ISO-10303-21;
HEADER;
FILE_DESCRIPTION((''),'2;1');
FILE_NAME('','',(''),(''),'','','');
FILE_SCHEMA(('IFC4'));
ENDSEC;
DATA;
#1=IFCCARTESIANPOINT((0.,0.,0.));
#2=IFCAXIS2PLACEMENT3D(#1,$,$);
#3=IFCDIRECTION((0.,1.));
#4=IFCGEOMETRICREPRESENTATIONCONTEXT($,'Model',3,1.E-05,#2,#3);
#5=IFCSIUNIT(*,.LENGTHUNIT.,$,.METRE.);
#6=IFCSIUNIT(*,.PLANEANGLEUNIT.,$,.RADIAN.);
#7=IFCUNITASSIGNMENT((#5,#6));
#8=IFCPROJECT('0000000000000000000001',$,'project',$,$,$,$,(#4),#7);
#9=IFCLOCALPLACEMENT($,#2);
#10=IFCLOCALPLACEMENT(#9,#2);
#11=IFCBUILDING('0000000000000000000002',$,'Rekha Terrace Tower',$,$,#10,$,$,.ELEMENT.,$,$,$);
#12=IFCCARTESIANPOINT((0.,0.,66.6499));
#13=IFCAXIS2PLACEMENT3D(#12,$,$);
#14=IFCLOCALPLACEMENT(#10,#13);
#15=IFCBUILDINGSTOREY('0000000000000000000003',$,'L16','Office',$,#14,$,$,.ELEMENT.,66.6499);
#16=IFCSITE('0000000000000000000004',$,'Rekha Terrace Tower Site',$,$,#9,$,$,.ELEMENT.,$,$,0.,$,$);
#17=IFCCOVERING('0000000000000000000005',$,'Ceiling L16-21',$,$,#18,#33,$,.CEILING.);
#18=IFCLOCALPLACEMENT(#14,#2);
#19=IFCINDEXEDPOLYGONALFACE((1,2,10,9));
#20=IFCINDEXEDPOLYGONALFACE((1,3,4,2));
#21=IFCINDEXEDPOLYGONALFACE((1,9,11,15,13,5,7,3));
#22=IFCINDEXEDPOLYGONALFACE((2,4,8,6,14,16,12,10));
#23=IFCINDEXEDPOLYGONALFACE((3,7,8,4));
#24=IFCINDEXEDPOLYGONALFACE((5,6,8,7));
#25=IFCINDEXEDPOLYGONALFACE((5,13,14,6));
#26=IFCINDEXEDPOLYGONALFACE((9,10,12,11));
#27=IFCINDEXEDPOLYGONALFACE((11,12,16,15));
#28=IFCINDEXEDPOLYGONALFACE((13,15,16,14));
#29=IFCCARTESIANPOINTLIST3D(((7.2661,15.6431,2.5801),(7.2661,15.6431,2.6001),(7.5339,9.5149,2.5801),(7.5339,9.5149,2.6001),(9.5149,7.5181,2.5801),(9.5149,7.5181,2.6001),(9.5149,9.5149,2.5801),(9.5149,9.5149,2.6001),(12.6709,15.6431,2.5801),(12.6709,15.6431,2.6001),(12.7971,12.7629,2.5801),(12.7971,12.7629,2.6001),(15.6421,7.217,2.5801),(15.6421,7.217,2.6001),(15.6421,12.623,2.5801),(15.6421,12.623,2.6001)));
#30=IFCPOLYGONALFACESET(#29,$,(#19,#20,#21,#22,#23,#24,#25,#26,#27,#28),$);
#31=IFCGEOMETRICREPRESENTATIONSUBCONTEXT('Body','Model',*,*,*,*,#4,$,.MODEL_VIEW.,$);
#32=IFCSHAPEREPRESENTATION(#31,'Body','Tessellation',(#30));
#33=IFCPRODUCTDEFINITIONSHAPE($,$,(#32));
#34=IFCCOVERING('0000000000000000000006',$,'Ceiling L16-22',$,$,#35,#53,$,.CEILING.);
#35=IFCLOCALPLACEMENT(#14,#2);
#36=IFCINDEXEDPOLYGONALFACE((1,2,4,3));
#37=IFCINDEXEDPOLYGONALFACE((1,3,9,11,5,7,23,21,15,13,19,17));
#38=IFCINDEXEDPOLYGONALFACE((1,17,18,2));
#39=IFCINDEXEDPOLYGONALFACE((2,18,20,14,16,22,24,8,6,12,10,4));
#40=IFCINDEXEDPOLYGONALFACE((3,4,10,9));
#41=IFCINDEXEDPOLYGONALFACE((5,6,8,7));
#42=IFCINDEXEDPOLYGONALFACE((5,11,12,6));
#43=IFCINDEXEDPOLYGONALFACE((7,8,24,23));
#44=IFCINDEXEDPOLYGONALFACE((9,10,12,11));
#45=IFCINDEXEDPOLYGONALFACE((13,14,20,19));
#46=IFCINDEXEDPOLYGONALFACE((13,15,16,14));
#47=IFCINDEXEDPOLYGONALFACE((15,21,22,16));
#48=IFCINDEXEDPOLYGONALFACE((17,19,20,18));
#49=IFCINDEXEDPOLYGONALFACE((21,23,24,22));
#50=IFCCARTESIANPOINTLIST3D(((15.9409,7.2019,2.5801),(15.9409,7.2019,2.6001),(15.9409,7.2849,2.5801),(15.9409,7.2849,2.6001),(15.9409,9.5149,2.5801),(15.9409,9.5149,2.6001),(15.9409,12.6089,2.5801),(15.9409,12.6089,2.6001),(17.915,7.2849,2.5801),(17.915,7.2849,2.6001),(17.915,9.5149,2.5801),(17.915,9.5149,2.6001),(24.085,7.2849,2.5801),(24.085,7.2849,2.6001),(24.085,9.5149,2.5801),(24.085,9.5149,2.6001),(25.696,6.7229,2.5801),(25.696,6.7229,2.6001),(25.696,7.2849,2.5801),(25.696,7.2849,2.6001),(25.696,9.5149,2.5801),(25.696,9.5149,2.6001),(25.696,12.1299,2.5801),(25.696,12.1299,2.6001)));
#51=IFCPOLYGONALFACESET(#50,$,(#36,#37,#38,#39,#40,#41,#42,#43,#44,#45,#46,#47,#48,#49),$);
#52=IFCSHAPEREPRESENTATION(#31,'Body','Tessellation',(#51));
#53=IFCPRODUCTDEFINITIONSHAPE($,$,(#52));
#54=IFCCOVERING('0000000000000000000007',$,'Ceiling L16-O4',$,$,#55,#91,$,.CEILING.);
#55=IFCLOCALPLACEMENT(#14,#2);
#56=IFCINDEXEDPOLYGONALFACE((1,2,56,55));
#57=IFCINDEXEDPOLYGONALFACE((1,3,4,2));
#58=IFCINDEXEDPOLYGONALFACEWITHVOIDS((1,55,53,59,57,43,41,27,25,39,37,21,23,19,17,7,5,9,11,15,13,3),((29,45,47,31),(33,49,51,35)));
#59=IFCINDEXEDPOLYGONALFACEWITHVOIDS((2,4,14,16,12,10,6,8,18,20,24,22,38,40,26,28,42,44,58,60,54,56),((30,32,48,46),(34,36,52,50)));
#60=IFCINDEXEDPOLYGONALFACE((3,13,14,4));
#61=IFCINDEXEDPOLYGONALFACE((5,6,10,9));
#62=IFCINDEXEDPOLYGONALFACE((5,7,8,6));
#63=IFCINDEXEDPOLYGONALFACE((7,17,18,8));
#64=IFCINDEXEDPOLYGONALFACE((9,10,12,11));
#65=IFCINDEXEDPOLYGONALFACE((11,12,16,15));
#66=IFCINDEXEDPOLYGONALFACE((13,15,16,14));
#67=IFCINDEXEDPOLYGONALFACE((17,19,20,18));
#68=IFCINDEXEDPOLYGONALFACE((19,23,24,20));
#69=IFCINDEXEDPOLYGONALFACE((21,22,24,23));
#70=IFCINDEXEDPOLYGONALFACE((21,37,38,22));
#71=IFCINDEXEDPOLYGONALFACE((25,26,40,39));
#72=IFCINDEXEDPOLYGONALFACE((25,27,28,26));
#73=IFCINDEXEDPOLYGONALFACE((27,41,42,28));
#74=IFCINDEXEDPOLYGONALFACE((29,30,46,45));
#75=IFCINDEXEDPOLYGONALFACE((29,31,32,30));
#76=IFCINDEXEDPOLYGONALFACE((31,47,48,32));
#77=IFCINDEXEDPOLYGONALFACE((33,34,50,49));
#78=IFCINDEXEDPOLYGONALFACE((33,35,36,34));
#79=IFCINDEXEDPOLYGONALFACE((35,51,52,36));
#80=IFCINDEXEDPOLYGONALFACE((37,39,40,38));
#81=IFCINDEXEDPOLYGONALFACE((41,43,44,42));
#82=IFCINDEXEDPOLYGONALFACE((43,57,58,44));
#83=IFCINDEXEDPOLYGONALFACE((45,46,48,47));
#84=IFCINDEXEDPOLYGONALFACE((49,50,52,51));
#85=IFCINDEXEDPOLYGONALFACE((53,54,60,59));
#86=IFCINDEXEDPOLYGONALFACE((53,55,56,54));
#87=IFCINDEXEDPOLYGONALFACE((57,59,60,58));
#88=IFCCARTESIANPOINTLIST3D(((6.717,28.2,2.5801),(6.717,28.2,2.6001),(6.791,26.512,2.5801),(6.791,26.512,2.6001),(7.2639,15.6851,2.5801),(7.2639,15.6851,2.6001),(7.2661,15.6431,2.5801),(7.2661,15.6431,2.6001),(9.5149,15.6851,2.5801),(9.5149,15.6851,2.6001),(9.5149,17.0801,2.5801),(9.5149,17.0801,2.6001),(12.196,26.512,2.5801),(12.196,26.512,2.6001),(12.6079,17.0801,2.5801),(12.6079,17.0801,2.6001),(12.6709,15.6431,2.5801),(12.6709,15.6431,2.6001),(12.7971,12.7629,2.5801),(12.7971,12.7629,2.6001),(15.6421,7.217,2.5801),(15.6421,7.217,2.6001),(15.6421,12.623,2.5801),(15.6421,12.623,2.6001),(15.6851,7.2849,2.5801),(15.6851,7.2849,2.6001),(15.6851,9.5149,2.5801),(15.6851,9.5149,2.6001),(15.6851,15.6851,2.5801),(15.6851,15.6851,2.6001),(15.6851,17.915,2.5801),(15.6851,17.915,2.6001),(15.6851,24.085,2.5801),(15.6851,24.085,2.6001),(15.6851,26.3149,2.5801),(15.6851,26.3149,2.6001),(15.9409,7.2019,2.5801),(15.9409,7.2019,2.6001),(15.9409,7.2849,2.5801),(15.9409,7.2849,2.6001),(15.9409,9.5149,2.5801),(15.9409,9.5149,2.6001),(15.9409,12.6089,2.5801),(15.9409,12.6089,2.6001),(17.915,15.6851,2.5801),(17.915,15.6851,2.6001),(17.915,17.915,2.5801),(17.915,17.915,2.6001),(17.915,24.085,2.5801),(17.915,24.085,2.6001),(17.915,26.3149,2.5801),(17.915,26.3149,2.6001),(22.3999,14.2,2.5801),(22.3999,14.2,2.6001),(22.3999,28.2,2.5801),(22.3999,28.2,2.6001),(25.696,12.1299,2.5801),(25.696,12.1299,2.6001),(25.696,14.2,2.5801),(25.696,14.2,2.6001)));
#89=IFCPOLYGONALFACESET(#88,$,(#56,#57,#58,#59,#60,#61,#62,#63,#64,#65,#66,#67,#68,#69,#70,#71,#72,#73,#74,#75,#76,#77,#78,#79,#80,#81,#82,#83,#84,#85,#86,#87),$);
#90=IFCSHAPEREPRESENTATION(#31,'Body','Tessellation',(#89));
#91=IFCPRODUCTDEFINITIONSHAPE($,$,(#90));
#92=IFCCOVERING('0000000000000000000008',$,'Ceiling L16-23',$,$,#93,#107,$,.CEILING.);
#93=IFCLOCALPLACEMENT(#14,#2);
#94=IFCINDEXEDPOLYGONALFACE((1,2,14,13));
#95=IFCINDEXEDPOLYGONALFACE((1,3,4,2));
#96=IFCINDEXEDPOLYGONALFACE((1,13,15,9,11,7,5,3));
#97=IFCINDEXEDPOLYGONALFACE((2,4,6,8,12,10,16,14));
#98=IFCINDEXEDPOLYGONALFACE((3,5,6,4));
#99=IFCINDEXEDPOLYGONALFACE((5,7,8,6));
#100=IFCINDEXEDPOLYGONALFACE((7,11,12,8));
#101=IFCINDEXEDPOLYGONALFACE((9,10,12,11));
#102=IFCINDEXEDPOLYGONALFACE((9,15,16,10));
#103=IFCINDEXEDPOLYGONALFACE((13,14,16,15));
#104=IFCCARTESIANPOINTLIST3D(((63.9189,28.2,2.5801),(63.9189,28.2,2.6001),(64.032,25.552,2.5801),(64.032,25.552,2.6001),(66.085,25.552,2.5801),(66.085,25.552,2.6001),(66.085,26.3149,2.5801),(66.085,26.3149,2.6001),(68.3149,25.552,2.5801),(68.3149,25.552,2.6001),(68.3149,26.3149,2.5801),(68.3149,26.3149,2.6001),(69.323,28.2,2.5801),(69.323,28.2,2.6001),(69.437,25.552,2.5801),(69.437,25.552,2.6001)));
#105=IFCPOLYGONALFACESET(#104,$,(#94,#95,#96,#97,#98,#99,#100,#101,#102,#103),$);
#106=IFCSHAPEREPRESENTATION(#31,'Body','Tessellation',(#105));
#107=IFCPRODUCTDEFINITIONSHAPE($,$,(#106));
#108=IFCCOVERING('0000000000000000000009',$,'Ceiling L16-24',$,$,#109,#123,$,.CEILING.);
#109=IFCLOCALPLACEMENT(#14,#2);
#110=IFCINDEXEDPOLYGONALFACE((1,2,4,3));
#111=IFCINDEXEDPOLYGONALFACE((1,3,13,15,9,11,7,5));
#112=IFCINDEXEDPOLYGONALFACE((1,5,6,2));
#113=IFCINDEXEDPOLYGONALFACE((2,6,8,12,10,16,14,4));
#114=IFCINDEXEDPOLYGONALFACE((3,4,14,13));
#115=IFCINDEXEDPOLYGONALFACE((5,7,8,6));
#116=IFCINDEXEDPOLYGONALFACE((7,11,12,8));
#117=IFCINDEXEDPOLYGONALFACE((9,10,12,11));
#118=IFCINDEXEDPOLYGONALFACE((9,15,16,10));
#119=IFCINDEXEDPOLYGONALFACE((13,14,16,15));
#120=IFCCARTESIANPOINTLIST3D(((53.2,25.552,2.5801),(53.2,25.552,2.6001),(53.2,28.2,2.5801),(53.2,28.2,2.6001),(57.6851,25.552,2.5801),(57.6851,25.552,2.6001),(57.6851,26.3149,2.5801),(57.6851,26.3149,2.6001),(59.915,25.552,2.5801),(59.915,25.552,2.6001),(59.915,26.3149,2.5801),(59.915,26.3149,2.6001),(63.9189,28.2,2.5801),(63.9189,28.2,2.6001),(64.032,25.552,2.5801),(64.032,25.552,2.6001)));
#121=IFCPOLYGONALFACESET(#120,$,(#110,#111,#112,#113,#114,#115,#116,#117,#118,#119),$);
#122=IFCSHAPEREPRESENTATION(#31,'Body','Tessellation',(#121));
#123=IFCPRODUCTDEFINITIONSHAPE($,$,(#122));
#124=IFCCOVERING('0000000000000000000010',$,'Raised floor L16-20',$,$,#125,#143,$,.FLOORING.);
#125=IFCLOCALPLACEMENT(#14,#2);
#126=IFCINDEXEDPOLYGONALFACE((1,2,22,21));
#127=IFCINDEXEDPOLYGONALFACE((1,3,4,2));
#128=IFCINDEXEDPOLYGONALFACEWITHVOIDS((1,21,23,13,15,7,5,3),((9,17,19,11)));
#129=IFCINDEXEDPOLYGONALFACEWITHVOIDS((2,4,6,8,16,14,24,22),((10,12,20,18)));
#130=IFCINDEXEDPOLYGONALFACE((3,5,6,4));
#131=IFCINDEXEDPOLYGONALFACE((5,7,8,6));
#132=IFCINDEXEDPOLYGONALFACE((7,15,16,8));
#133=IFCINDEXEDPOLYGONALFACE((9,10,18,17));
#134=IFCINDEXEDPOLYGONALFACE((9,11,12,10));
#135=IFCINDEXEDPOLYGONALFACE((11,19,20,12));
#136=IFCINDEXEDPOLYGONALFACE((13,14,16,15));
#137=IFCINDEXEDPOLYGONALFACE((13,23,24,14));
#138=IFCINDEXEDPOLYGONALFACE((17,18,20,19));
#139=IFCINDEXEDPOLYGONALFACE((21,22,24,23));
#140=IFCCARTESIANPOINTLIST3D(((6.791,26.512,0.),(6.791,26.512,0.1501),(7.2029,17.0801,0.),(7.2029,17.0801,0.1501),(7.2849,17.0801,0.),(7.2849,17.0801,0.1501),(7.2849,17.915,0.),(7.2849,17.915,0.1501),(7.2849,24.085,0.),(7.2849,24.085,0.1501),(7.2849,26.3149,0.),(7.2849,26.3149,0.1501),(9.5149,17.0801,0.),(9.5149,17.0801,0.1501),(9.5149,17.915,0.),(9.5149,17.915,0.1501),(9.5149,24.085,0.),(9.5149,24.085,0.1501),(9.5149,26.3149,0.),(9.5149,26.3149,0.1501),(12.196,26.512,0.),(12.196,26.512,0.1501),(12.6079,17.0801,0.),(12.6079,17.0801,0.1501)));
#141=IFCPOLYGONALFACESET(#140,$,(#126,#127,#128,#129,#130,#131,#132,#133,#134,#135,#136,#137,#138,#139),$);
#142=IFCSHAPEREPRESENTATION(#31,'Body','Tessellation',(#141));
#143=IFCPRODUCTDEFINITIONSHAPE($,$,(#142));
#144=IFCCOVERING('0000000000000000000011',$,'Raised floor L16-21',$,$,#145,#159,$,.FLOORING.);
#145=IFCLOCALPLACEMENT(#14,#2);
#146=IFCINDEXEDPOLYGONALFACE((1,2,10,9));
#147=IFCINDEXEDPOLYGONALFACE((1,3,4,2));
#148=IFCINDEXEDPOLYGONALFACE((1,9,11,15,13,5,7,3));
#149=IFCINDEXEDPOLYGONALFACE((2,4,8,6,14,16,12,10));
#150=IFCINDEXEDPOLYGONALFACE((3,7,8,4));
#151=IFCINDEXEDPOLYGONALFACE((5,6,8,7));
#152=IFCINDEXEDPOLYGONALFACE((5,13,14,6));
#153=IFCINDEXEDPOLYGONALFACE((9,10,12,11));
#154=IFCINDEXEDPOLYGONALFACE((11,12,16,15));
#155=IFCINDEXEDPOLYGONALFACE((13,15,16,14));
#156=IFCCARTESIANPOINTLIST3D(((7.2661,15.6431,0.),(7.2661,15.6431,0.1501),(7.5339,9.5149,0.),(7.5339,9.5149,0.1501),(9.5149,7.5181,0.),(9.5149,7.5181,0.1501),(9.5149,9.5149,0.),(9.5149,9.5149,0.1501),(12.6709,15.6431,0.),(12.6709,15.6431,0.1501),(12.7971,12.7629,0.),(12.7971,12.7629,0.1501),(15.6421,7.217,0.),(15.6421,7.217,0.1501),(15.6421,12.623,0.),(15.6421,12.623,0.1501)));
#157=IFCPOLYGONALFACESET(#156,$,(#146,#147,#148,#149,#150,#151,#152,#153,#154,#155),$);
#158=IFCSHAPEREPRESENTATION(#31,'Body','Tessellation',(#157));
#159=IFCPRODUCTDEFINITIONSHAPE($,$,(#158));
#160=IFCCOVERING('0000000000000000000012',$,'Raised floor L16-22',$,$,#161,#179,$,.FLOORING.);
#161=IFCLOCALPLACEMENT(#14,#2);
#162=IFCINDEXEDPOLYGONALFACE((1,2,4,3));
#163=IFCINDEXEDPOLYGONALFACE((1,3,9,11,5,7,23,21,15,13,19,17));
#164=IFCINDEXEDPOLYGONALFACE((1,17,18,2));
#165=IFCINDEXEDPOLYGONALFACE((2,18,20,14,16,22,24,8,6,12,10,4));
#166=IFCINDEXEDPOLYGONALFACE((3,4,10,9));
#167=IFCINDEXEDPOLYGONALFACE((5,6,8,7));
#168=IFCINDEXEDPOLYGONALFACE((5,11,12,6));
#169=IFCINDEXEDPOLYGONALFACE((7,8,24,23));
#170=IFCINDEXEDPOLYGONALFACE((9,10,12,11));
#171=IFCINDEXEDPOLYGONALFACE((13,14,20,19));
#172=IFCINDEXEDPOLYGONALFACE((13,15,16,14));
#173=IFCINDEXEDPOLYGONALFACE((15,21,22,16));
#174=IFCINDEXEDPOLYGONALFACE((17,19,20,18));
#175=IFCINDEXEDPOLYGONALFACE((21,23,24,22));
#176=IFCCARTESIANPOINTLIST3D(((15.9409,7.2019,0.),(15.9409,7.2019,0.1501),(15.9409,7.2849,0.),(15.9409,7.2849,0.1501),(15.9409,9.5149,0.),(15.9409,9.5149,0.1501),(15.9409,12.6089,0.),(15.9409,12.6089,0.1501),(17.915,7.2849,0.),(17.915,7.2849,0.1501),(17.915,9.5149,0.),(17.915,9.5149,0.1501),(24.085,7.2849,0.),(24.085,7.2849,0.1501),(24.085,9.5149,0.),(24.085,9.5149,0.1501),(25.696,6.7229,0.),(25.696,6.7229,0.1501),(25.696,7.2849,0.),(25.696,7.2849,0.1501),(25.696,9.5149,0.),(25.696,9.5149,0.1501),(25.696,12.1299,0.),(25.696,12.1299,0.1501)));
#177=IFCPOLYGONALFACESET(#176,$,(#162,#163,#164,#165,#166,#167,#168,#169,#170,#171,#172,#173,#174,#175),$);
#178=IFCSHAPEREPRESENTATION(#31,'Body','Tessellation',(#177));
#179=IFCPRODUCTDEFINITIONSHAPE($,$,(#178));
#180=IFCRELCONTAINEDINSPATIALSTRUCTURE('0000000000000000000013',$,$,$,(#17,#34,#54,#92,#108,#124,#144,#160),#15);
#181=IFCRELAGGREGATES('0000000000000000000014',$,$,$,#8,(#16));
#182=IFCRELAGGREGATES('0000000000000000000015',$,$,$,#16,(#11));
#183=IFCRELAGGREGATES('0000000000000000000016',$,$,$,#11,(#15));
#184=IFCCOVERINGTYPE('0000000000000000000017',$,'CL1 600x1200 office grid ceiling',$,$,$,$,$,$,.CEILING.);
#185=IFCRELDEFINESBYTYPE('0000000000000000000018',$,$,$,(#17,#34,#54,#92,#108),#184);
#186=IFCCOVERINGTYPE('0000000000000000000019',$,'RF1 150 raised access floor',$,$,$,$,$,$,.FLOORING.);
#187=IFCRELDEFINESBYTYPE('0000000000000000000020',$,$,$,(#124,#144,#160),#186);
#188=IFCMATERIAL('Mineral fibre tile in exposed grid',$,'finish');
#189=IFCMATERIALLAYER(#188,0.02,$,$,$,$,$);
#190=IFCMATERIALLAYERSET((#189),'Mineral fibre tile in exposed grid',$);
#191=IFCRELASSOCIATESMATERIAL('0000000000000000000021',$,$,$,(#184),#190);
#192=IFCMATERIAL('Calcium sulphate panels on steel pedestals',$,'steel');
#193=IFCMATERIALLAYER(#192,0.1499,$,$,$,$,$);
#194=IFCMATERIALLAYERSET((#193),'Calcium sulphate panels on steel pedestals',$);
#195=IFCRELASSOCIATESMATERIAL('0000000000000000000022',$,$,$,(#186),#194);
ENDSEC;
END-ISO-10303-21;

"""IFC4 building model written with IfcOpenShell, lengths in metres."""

from ifc_helpers import new_model, si_unit, direction, frame, origin, place, context, subcontext, project, spatial, polyline, outline, extrude, material, layer, layer_set, type_object, element, save


model = new_model("IFC4")

# Units and contexts
model_context = context("Model", 3, precision=1e-05, world=origin(), true_north=direction((0.0, 1.0)))
body_context = subcontext(model_context, "Body", "Model", "MODEL_VIEW")
ifc_project = project(units=[si_unit("LENGTHUNIT", "METRE"), si_unit("PLANEANGLEUNIT", "RADIAN")], contexts=[model_context])

# Site, building, storey
site_placement = place(None, origin())
site = spatial("IfcSite", under=ifc_project, at=site_placement, Name="Rekha Terrace Tower Site", CompositionType="ELEMENT", RefElevation=0.0)
building_placement = place(site_placement, origin())
building = spatial("IfcBuilding", under=site, at=building_placement, Name="Rekha Terrace Tower", CompositionType="ELEMENT")
storey_placement = place(building_placement, frame((0.0, 0.0, 66.6499)))
storey = spatial("IfcBuildingStorey", under=building, at=storey_placement, Name="L16", Description="Office", CompositionType="ELEMENT", Elevation=66.6499)

# Coverings
ifc_material_1 = material(Name="Mineral fibre tile in exposed grid", Category="finish")
ifc_layer_1 = layer(ifc_material_1, 0.02)
ifc_layer_set_1 = layer_set([ifc_layer_1], Name="Mineral fibre tile in exposed grid")
covering_type_1 = type_object("IfcCoveringType", Name="CL1 600x1200 office grid ceiling", PredefinedType="CEILING", material=ifc_layer_set_1)
covering_1_placement = place(storey_placement, frame((0.0, 0.0, 2.5801)))
element("IfcCovering", 1, at=covering_1_placement, inside=storey, type_object=covering_type_1, Name="Ceiling L16-21", PredefinedType="CEILING", context=body_context, shape_type="SweptSolid", body=[
    extrude(outline(polyline([(12.7971, 12.7629), (12.6709, 15.6431), (7.2661, 15.6431), (7.5339, 9.5149), (9.5149, 9.5149), (9.5149, 7.5181), (15.6421, 7.217), (15.6421, 12.623), (12.7971, 12.7629)])), origin(), (0.0, 0.0, 1.0), 0.02),
])
covering_2_placement = place(storey_placement, frame((0.0, 0.0, 2.5801)))
element("IfcCovering", 2, at=covering_2_placement, inside=storey, type_object=covering_type_1, Name="Ceiling L16-22", PredefinedType="CEILING", context=body_context, shape_type="SweptSolid", body=[
    extrude(outline(polyline([(25.696, 9.5149), (25.696, 12.1299), (15.9409, 12.6089), (15.9409, 9.5149), (17.915, 9.5149), (17.915, 7.2849), (15.9409, 7.2849), (15.9409, 7.2019), (25.696, 6.7229), (25.696, 7.2849), (24.085, 7.2849), (24.085, 9.5149), (25.696, 9.5149)])), origin(), (0.0, 0.0, 1.0), 0.02),
])
covering_3_placement = place(storey_placement, frame((0.0, 0.0, 2.5801)))
element("IfcCovering", 3, at=covering_3_placement, inside=storey, type_object=covering_type_1, Name="Ceiling L16-O4", PredefinedType="CEILING", context=body_context, shape_type="SweptSolid", body=[
    extrude(outline(polyline([(9.5149, 15.6851), (7.2639, 15.6851), (7.2661, 15.6431), (12.6709, 15.6431), (12.7971, 12.7629), (15.6421, 12.623), (15.6421, 7.217), (15.9409, 7.2019), (15.9409, 7.2849), (15.6851, 7.2849), (15.6851, 9.5149), (15.9409, 9.5149), (15.9409, 12.6089), (25.696, 12.1299), (25.696, 14.2), (22.3999, 14.2), (22.3999, 28.2), (6.717, 28.2), (6.791, 26.512), (12.196, 26.512), (12.6079, 17.0801), (9.5149, 17.0801), (9.5149, 15.6851)]), holes=[polyline([(17.915, 15.6851), (15.6851, 15.6851), (15.6851, 17.915), (17.915, 17.915), (17.915, 15.6851)]), polyline([(17.915, 24.085), (15.6851, 24.085), (15.6851, 26.3149), (17.915, 26.3149), (17.915, 24.085)])]), origin(), (0.0, 0.0, 1.0), 0.02),
])
covering_4_placement = place(storey_placement, frame((0.0, 0.0, 2.5801)))
element("IfcCovering", 4, at=covering_4_placement, inside=storey, type_object=covering_type_1, Name="Ceiling L16-23", PredefinedType="CEILING", context=body_context, shape_type="SweptSolid", body=[
    extrude(outline(polyline([(69.437, 25.552), (69.323, 28.2), (63.9189, 28.2), (64.032, 25.552), (66.085, 25.552), (66.085, 26.3149), (68.3149, 26.3149), (68.3149, 25.552), (69.437, 25.552)])), origin(), (0.0, 0.0, 1.0), 0.02),
])
covering_5_placement = place(storey_placement, frame((0.0, 0.0, 2.5801)))
element("IfcCovering", 5, at=covering_5_placement, inside=storey, type_object=covering_type_1, Name="Ceiling L16-24", PredefinedType="CEILING", context=body_context, shape_type="SweptSolid", body=[
    extrude(outline(polyline([(59.915, 26.3149), (59.915, 25.552), (64.032, 25.552), (63.9189, 28.2), (53.2, 28.2), (53.2, 25.552), (57.6851, 25.552), (57.6851, 26.3149), (59.915, 26.3149)])), origin(), (0.0, 0.0, 1.0), 0.02),
])
ifc_material_2 = material(Name="Calcium sulphate panels on steel pedestals", Category="steel")
ifc_layer_2 = layer(ifc_material_2, 0.1499)
ifc_layer_set_2 = layer_set([ifc_layer_2], Name="Calcium sulphate panels on steel pedestals")
covering_type_2 = type_object("IfcCoveringType", Name="RF1 150 raised access floor", PredefinedType="FLOORING", material=ifc_layer_set_2)
covering_6_placement = place(storey_placement, origin())
element("IfcCovering", 6, at=covering_6_placement, inside=storey, type_object=covering_type_2, Name="Raised floor L16-20", PredefinedType="FLOORING", context=body_context, shape_type="SweptSolid", body=[
    extrude(outline(polyline([(9.5149, 17.0801), (12.6079, 17.0801), (12.196, 26.512), (6.791, 26.512), (7.2029, 17.0801), (7.2849, 17.0801), (7.2849, 17.915), (9.5149, 17.915), (9.5149, 17.0801)]), holes=[polyline([(9.5149, 24.085), (7.2849, 24.085), (7.2849, 26.3149), (9.5149, 26.3149), (9.5149, 24.085)])]), origin(), (0.0, 0.0, 1.0), 0.1501),
])
covering_7_placement = place(storey_placement, origin())
element("IfcCovering", 7, at=covering_7_placement, inside=storey, type_object=covering_type_2, Name="Raised floor L16-21", PredefinedType="FLOORING", context=body_context, shape_type="SweptSolid", body=[
    extrude(outline(polyline([(12.7971, 12.7629), (12.6709, 15.6431), (7.2661, 15.6431), (7.5339, 9.5149), (9.5149, 9.5149), (9.5149, 7.5181), (15.6421, 7.217), (15.6421, 12.623), (12.7971, 12.7629)])), origin(), (0.0, 0.0, 1.0), 0.1501),
])
covering_8_placement = place(storey_placement, origin())
element("IfcCovering", 8, at=covering_8_placement, inside=storey, type_object=covering_type_2, Name="Raised floor L16-22", PredefinedType="FLOORING", context=body_context, shape_type="SweptSolid", body=[
    extrude(outline(polyline([(25.696, 9.5149), (25.696, 12.1299), (15.9409, 12.6089), (15.9409, 9.5149), (17.915, 9.5149), (17.915, 7.2849), (15.9409, 7.2849), (15.9409, 7.2019), (25.696, 6.7229), (25.696, 7.2849), (24.085, 7.2849), (24.085, 9.5149), (25.696, 9.5149)])), origin(), (0.0, 0.0, 1.0), 0.1501),
])

save(model, "model.ifc")
